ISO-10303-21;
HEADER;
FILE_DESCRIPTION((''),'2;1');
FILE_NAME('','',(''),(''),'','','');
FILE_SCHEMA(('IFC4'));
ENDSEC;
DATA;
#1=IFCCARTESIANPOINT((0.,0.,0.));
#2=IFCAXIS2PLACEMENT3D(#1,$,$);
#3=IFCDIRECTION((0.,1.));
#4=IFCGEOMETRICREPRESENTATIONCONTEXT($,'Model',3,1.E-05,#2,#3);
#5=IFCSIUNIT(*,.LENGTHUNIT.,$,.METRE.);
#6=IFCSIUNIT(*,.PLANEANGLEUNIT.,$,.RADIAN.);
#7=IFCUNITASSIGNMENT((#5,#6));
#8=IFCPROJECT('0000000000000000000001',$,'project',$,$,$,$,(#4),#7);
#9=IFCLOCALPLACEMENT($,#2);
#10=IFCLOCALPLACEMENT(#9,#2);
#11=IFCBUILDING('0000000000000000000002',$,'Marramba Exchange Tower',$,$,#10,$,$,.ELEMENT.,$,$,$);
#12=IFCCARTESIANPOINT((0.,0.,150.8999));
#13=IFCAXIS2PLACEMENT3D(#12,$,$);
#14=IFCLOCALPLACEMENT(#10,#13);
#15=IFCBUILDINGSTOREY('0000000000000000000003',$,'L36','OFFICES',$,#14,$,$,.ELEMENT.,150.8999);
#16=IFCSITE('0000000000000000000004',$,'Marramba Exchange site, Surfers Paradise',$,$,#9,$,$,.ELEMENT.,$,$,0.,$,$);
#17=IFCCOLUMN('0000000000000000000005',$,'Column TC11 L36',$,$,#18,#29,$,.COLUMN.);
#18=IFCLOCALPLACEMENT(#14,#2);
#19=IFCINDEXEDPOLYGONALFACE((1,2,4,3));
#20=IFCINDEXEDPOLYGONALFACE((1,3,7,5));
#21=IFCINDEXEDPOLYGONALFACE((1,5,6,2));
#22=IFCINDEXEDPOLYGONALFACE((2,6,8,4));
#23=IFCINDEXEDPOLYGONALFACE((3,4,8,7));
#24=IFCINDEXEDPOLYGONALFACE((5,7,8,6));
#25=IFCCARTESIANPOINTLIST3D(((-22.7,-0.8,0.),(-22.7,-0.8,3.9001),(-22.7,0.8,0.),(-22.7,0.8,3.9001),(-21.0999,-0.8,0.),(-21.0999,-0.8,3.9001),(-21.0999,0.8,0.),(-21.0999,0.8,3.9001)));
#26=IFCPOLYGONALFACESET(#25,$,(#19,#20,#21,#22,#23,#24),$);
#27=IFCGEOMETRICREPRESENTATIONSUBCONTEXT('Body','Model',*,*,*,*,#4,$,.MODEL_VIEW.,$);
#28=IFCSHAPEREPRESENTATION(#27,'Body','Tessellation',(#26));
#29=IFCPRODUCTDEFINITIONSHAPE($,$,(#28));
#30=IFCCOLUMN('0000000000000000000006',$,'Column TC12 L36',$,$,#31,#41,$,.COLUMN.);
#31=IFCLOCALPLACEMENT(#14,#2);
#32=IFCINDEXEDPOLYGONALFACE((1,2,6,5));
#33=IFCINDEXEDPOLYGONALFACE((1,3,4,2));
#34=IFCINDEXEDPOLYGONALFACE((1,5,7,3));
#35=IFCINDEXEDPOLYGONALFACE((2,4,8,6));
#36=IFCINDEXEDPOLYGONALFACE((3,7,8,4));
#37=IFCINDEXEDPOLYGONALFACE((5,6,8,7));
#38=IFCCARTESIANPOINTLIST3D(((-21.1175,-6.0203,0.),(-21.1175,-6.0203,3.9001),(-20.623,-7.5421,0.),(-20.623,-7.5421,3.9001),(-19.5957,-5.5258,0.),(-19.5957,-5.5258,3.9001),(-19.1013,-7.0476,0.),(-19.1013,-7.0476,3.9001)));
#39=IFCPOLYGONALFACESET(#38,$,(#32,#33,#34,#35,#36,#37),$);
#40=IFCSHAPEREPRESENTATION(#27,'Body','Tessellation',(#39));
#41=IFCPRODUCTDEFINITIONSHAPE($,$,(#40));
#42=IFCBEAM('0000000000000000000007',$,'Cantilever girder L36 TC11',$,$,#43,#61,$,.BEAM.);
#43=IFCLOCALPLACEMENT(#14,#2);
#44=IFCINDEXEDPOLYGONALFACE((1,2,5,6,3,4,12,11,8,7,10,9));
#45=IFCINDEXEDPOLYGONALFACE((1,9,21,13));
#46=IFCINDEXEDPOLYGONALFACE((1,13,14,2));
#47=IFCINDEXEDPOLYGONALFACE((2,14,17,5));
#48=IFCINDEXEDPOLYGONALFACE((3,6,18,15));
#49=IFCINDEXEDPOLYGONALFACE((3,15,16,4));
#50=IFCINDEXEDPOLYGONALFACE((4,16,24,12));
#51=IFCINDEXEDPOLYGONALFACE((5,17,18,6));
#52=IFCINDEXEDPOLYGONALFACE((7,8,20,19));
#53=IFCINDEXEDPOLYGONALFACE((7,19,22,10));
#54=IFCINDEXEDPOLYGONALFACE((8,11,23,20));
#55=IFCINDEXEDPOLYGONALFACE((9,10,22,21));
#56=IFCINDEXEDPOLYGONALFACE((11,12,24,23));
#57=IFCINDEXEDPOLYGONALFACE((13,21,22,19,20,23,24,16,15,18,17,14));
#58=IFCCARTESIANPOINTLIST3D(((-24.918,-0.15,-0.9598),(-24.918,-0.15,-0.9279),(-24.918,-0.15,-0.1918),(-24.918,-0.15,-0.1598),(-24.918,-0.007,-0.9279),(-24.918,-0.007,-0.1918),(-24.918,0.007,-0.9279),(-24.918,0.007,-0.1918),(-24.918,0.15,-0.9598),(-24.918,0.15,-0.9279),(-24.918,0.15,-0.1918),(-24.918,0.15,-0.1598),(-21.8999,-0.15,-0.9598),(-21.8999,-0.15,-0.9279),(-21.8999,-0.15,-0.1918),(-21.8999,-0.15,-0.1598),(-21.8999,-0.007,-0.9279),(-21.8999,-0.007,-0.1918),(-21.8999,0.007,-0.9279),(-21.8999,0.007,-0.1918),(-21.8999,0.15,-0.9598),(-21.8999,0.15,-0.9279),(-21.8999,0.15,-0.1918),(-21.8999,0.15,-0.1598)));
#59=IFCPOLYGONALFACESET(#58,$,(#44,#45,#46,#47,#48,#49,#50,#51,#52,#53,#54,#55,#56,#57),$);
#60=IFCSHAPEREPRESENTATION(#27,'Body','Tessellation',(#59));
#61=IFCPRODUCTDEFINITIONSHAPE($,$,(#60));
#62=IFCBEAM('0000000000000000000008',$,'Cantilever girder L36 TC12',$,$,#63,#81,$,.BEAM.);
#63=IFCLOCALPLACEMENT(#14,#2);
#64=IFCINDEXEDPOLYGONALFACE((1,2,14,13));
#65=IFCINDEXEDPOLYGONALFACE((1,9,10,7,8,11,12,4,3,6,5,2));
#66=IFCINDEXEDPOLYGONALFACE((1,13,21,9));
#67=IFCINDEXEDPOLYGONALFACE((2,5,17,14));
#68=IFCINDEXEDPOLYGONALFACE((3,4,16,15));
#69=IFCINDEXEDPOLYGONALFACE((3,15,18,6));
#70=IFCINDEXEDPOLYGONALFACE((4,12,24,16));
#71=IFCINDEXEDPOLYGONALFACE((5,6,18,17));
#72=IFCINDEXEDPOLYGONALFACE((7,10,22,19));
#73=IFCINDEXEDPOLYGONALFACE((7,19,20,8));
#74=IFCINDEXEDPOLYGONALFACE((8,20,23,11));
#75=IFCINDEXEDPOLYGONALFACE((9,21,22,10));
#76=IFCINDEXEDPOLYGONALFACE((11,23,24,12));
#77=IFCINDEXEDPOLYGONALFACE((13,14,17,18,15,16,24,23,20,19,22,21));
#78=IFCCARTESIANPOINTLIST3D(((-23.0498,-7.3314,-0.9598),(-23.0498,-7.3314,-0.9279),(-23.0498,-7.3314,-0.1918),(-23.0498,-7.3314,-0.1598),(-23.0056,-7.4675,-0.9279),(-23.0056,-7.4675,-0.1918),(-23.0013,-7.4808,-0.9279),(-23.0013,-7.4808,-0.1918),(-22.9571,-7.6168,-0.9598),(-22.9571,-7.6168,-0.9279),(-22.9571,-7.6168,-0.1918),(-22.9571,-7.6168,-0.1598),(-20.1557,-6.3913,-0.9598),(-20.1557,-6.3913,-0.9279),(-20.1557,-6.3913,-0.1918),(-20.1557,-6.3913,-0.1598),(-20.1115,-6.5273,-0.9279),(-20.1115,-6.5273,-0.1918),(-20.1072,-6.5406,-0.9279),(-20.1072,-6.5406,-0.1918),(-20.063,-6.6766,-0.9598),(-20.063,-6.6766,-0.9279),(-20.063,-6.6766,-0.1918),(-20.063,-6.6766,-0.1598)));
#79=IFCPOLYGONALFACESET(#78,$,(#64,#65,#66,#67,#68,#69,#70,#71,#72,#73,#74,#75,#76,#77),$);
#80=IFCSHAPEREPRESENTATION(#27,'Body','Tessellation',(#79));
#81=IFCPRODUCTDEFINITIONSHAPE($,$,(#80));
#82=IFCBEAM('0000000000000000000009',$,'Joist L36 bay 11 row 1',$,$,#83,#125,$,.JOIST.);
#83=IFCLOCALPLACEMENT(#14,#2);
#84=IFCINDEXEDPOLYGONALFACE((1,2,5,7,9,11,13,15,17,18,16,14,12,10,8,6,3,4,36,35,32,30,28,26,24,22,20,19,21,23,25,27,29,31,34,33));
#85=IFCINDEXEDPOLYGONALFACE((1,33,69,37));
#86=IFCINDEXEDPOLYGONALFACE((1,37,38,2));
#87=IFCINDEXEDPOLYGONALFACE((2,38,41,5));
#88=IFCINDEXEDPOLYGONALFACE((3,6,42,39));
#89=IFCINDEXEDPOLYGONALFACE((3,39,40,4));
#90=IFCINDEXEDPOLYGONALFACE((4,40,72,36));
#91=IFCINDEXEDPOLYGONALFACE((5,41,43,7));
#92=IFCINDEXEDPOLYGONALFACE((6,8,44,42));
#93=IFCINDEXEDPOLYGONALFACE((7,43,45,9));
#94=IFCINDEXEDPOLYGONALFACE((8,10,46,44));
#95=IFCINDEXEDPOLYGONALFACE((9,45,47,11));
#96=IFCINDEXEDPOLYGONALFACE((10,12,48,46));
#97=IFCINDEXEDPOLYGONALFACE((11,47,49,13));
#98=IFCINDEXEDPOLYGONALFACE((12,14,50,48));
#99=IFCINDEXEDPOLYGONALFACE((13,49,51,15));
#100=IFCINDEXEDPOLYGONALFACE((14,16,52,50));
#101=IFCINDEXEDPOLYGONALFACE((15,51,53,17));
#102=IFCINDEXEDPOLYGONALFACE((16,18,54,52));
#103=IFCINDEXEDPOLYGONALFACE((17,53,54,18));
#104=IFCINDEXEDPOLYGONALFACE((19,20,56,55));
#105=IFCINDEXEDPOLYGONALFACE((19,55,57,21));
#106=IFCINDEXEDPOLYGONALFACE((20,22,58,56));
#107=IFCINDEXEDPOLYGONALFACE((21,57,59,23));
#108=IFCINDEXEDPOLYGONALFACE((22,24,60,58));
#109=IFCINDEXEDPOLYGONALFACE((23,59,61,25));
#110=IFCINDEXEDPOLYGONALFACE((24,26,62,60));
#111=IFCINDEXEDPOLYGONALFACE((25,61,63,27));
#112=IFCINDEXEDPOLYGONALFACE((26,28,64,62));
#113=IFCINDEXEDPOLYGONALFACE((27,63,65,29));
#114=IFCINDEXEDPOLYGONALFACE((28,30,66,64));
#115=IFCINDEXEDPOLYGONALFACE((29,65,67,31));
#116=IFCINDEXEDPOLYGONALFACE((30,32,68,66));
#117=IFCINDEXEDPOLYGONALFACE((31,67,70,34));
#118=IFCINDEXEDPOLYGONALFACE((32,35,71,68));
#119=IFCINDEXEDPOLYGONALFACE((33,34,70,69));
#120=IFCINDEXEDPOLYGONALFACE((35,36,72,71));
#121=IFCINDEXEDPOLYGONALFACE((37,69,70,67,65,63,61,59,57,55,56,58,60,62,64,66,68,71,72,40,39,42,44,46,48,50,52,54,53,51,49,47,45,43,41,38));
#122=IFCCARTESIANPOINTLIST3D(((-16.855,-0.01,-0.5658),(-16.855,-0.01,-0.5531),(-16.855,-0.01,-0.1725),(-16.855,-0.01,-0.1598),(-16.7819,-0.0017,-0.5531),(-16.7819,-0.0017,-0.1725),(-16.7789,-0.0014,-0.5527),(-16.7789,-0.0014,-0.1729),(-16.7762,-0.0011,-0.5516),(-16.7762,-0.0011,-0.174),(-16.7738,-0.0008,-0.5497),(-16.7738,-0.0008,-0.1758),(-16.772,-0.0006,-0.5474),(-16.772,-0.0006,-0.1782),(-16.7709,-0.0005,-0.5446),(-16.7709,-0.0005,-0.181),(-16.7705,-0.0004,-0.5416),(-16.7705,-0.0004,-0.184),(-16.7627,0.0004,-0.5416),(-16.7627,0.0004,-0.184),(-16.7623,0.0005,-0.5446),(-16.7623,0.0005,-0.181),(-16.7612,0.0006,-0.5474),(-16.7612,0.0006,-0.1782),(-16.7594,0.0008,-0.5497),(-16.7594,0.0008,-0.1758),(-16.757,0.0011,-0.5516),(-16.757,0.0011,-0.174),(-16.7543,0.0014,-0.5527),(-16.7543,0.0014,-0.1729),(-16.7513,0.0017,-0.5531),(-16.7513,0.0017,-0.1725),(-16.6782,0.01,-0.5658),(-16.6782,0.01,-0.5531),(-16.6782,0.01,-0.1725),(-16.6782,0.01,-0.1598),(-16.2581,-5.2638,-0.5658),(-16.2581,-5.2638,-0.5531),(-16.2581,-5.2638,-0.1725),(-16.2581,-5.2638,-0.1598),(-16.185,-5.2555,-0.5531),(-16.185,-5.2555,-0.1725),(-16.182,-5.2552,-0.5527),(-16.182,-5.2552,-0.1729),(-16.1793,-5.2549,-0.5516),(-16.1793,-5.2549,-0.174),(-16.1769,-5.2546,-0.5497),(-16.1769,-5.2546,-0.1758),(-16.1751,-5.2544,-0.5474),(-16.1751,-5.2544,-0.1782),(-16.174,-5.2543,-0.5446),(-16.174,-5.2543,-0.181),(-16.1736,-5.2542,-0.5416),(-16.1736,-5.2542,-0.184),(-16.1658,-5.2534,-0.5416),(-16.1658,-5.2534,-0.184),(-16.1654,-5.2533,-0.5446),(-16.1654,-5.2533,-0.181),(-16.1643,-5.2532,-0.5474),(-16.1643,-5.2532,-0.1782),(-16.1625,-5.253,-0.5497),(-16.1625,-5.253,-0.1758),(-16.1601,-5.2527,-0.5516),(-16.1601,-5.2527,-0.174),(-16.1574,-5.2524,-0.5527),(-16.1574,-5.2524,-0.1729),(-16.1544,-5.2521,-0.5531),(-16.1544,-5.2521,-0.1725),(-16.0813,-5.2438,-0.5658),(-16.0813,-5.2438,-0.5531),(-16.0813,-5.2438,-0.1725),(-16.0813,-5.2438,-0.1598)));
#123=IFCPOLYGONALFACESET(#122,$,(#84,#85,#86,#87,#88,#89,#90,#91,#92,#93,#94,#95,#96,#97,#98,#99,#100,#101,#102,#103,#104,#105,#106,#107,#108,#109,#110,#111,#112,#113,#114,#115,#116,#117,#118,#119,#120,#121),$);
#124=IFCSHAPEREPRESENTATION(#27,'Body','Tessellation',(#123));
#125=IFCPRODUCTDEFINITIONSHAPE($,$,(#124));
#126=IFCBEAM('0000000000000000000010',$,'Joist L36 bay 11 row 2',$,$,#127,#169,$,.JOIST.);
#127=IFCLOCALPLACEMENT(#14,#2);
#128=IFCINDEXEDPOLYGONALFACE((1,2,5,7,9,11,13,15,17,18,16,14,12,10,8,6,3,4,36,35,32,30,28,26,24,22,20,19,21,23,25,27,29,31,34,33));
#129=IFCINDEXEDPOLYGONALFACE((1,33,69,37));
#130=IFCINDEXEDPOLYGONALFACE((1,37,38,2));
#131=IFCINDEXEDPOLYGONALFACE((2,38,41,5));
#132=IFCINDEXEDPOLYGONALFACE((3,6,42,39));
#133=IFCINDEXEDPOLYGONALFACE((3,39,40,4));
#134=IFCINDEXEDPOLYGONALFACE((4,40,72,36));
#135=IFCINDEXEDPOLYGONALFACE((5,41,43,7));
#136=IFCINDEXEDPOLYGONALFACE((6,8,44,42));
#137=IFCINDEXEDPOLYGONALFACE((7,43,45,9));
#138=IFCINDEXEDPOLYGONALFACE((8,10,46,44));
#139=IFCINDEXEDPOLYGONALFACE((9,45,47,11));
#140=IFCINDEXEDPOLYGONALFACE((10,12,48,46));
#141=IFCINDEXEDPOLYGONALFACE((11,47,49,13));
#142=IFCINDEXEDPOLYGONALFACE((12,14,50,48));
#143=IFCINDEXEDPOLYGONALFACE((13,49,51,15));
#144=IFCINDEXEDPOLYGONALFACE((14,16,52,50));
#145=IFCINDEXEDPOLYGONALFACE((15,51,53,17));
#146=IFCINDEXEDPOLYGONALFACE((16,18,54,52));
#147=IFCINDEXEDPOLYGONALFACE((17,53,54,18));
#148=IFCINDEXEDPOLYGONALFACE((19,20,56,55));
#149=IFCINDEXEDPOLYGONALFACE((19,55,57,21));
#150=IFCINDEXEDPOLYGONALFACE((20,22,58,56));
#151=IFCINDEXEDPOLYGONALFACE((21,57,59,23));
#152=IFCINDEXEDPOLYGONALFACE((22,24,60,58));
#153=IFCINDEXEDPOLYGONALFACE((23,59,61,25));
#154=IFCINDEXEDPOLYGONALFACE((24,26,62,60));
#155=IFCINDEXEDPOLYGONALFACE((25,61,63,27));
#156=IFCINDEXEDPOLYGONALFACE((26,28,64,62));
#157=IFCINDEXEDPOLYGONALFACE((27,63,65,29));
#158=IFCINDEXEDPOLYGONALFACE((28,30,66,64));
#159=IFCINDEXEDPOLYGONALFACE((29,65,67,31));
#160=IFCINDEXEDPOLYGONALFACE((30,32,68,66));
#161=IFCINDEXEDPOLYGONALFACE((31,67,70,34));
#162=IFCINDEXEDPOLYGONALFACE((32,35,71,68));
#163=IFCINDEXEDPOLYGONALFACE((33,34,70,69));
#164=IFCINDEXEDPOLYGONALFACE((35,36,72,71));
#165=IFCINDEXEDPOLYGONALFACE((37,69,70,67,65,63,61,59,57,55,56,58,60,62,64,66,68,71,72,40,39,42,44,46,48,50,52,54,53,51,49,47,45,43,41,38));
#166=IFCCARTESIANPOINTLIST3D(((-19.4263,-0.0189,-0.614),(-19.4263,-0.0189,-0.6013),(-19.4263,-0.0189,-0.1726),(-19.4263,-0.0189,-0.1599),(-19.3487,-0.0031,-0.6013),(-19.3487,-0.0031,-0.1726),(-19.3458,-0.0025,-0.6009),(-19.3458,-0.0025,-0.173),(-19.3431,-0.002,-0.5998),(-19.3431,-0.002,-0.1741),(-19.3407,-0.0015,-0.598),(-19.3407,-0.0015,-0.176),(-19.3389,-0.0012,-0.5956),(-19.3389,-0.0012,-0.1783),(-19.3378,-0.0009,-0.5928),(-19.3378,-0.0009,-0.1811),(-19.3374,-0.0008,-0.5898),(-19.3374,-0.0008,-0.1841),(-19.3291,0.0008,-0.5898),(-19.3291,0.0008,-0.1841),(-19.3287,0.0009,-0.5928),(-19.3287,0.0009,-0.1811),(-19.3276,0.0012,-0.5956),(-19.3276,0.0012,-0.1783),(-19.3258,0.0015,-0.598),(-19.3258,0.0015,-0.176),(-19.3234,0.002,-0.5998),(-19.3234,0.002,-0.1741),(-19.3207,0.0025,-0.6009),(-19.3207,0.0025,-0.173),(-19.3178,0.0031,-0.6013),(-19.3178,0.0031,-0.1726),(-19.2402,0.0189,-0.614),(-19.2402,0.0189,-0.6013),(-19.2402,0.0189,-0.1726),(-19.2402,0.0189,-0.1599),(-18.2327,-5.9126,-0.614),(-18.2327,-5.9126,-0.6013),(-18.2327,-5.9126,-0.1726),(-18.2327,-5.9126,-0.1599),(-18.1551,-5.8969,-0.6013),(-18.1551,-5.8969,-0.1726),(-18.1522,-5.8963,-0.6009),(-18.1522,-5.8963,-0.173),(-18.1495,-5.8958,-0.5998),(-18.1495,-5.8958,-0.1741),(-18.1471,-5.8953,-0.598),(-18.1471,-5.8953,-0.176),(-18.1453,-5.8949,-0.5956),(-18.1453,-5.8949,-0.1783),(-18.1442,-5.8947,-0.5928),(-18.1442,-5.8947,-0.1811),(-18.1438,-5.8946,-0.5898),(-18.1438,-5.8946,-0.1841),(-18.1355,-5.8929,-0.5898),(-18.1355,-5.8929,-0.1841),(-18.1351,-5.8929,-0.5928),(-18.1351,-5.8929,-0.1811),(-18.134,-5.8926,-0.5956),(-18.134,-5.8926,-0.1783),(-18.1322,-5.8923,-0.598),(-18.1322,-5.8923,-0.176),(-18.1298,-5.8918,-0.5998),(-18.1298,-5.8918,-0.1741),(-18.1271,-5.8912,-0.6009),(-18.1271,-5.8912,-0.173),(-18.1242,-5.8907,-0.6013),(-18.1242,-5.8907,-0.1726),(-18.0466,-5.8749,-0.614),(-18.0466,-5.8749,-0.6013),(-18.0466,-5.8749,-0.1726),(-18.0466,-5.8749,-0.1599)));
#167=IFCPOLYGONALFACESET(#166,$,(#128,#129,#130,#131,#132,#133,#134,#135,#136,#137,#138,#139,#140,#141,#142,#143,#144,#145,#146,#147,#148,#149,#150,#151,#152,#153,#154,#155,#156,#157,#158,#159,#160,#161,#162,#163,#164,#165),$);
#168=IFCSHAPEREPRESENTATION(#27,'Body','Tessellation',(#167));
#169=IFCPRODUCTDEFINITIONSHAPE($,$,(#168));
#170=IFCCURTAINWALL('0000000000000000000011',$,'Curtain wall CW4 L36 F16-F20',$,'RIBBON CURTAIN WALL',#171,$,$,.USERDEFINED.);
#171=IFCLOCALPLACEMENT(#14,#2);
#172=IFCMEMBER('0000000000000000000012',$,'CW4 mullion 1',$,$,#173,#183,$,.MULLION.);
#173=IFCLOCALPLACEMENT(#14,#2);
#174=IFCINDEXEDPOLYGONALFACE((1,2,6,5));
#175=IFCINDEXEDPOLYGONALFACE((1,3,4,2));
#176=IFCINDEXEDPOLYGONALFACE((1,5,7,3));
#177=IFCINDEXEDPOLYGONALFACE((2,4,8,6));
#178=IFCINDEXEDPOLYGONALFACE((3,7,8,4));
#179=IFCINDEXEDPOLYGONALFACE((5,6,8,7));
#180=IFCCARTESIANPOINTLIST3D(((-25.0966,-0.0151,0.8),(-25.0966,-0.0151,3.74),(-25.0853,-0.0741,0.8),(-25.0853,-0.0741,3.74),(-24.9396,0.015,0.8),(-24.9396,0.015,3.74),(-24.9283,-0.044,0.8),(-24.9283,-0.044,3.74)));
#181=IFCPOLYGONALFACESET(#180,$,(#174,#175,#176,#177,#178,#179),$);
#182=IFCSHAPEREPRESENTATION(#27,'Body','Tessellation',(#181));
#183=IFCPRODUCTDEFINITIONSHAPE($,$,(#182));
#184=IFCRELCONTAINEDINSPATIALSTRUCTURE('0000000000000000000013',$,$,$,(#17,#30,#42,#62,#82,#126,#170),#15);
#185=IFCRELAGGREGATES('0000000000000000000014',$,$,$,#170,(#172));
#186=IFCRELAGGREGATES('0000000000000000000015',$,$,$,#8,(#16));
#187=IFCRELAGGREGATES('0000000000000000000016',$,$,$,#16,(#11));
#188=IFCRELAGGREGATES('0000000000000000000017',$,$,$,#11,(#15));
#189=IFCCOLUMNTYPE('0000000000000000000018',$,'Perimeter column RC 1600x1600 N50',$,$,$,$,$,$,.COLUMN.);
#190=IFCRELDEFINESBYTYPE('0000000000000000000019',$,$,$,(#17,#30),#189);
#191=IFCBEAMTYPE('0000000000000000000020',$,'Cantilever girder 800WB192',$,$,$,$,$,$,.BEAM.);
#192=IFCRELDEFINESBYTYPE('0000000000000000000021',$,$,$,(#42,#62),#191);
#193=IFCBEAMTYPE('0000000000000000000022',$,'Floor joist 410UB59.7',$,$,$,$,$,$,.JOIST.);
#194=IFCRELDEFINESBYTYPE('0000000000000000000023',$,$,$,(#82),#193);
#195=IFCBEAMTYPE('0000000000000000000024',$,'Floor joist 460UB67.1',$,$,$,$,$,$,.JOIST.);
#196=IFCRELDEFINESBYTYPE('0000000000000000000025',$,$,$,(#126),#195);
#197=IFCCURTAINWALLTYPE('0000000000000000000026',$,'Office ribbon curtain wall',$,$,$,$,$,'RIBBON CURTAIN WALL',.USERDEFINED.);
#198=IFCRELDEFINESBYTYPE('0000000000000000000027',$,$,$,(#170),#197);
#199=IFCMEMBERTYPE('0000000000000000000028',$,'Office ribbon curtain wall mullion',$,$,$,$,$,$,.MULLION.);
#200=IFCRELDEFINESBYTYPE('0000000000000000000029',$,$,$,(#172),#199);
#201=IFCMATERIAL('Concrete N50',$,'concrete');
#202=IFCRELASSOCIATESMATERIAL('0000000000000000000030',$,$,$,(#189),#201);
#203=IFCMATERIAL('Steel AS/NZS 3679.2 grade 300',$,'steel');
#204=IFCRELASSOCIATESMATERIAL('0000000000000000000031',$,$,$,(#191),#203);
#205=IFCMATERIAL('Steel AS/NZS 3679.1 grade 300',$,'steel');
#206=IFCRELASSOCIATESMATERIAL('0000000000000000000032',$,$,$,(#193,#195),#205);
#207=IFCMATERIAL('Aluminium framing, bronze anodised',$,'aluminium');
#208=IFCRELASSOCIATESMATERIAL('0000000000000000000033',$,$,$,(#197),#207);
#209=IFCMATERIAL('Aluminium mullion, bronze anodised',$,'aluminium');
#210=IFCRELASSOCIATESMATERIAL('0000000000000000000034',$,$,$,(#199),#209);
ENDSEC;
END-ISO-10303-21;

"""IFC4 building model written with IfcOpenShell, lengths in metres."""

from ifc_helpers import new_model, si_unit, direction, frame, origin, origin_2d, place, context, subcontext, project, spatial, rectangle, i_section, extrude, material, material_profile, profile_set, type_object, element, aggregate, save


model = new_model("IFC4")

# Units and contexts
model_context = context("Model", 3, precision=1e-05, world=origin(), true_north=direction((0.0, 1.0)))
body_context = subcontext(model_context, "Body", "Model", "MODEL_VIEW")
ifc_project = project(units=[si_unit("LENGTHUNIT", "METRE"), si_unit("PLANEANGLEUNIT", "RADIAN")], contexts=[model_context])

# Site, building, storey
site_placement = place(None, origin())
site = spatial("IfcSite", under=ifc_project, at=site_placement, Name="Marramba Exchange site, Surfers Paradise", CompositionType="ELEMENT", RefElevation=0.0)
building_placement = place(site_placement, origin())
building = spatial("IfcBuilding", under=site, at=building_placement, Name="Marramba Exchange Tower", CompositionType="ELEMENT")
storey_placement = place(building_placement, frame((0.0, 0.0, 150.8999)))
storey = spatial("IfcBuildingStorey", under=building, at=storey_placement, Name="L36", Description="OFFICES", CompositionType="ELEMENT", Elevation=150.8999)

# Columns
ifc_material_1 = material(Name="Concrete N50", Category="concrete")
ifc_material_profile_1 = material_profile(ifc_material_1, rectangle(XDim=1.6001, YDim=1.6001, at=origin_2d()), Name="RC 1600x1600")
ifc_profile_set_1 = profile_set([ifc_material_profile_1], Name="Concrete N50")
column_type = type_object("IfcColumnType", Name="Perimeter column RC 1600x1600 N50", PredefinedType="COLUMN", material=ifc_profile_set_1)
for number, where, z_axis, x_axis, name in (
    (1, (-21.8999, 0.0, 0.0), (0.0, 0.0, 1.0), (-1.0, 0.0, 0.0), "Column TC11 L36"),
    (2, (-20.1094, -6.5339, 0.0), (0.0, 0.0, 1.0), (-0.951057, -0.309017, 0.0), "Column TC12 L36"),
):
    element("IfcColumn", number, at=place(storey_placement, frame(where, z_axis=z_axis, x_axis=x_axis)), inside=storey, type_object=column_type, Name=name, PredefinedType="COLUMN", context=body_context, shape_type="SweptSolid", body=[
        extrude(rectangle(XDim=1.6001, YDim=1.6001, at=origin_2d()), origin(), (0.0, 0.0, 1.0), 3.9001),
    ])

# Beams
ifc_material_2 = material(Name="Steel AS/NZS 3679.2 grade 300", Category="steel")
ifc_material_profile_2 = material_profile(ifc_material_2, i_section(OverallWidth=0.3, OverallDepth=0.8, WebThickness=0.0139, FlangeThickness=0.032, at=origin_2d()), Name="800WB192")
ifc_profile_set_2 = profile_set([ifc_material_profile_2], Name="Steel AS/NZS 3679.2 grade 300")
beam_type_1 = type_object("IfcBeamType", Name="Cantilever girder 800WB192", PredefinedType="BEAM", material=ifc_profile_set_2)
beam_1_placement = place(storey_placement, frame((-21.8999, 0.0, -0.5598), z_axis=(-1.0, 0.0, 0.0), x_axis=(0.0, -1.0, 0.0)))
element("IfcBeam", 3, at=beam_1_placement, inside=storey, type_object=beam_type_1, Name="Cantilever girder L36 TC11", PredefinedType="BEAM", context=body_context, shape_type="SweptSolid", body=[
    extrude(i_section(OverallWidth=0.3, OverallDepth=0.8, WebThickness=0.0139, FlangeThickness=0.032, at=origin_2d()), origin(), (0.0, 0.0, 1.0), 3.0181),
])
beam_2_placement = place(storey_placement, frame((-20.1094, -6.5339, -0.5598), z_axis=(-0.951071, -0.308974, 0.0), x_axis=(0.308974, -0.951071, 0.0)))
element("IfcBeam", 4, at=beam_2_placement, inside=storey, type_object=beam_type_1, Name="Cantilever girder L36 TC12", PredefinedType="BEAM", context=body_context, shape_type="SweptSolid", body=[
    extrude(i_section(OverallWidth=0.3, OverallDepth=0.8, WebThickness=0.0139, FlangeThickness=0.032, at=origin_2d()), origin(), (0.0, 0.0, 1.0), 3.043),
])
ifc_material_3 = material(Name="Steel AS/NZS 3679.1 grade 300", Category="steel")
ifc_material_profile_3 = material_profile(ifc_material_3, i_section(OverallWidth=0.178, OverallDepth=0.406, WebThickness=0.0078, FlangeThickness=0.0127, FilletRadius=0.0115, at=origin_2d()), Name="410UB59.7")
ifc_profile_set_3 = profile_set([ifc_material_profile_3], Name="Steel AS/NZS 3679.1 grade 300")
beam_type_2 = type_object("IfcBeamType", Name="Floor joist 410UB59.7", PredefinedType="JOIST", material=ifc_profile_set_3)
beam_3_placement = place(storey_placement, frame((-16.7666, 0.0, -0.3628), z_axis=(0.112889, -0.993608, 0.0), x_axis=(0.993608, 0.112889, 0.0)))
element("IfcBeam", 5, at=beam_3_placement, inside=storey, type_object=beam_type_2, Name="Joist L36 bay 11 row 1", PredefinedType="JOIST", context=body_context, shape_type="SweptSolid", body=[
    extrude(i_section(OverallWidth=0.178, OverallDepth=0.406, WebThickness=0.0078, FlangeThickness=0.0127, FilletRadius=0.0115, at=origin_2d()), origin(), (0.0, 0.0, 1.0), 5.2876),
])
ifc_material_profile_4 = material_profile(ifc_material_3, i_section(OverallWidth=0.1899, OverallDepth=0.4541, WebThickness=0.0085, FlangeThickness=0.0127, FilletRadius=0.0115, at=origin_2d()), Name="460UB67.1")
ifc_profile_set_4 = profile_set([ifc_material_profile_4], Name="Steel AS/NZS 3679.1 grade 300")
beam_type_3 = type_object("IfcBeamType", Name="Floor joist 460UB67.1", PredefinedType="JOIST", material=ifc_profile_set_4)
beam_4_placement = place(storey_placement, frame((-19.3333, 0.0, -0.387), z_axis=(0.198489, -0.980103, 0.0), x_axis=(0.980103, 0.198489, 0.0)))
element("IfcBeam", 6, at=beam_4_placement, inside=storey, type_object=beam_type_3, Name="Joist L36 bay 11 row 2", PredefinedType="JOIST", context=body_context, shape_type="SweptSolid", body=[
    extrude(i_section(OverallWidth=0.1899, OverallDepth=0.4541, WebThickness=0.0085, FlangeThickness=0.0127, FilletRadius=0.0115, at=origin_2d()), origin(), (0.0, 0.0, 1.0), 6.0134),
])

# Curtain wall, member
ifc_material_4 = material(Name="Aluminium framing, bronze anodised", Category="aluminium")
curtain_wall_type = type_object("IfcCurtainWallType", Name="Office ribbon curtain wall", ElementType="RIBBON CURTAIN WALL", PredefinedType="USERDEFINED", material=ifc_material_4)
curtain_wall_placement = place(storey_placement, origin())
curtain_wall = element("IfcCurtainWall", 7, at=curtain_wall_placement, inside=storey, type_object=curtain_wall_type, Name="Curtain wall CW4 L36 F16-F20", ObjectType="RIBBON CURTAIN WALL", PredefinedType="USERDEFINED")
ifc_material_5 = material(Name="Aluminium mullion, bronze anodised", Category="aluminium")
ifc_material_profile_5 = material_profile(ifc_material_5, rectangle(XDim=0.1599, YDim=0.0601, at=origin_2d()), Name="CW4 mullion 60x160")
ifc_profile_set_5 = profile_set([ifc_material_profile_5], Name="Aluminium mullion, bronze anodised")
member_type_1 = type_object("IfcMemberType", Name="Office ribbon curtain wall mullion", PredefinedType="MULLION", material=ifc_profile_set_5)
member_1_placement = place(storey_placement, frame((-25.0125, -0.0295, 0.8), z_axis=(0.0, 0.0, 1.0), x_axis=(0.982126, 0.188227, 0.0)))
member_1 = element("IfcMember", 8, at=member_1_placement, type_object=member_type_1, Name="CW4 mullion 1", PredefinedType="MULLION", context=body_context, shape_type="SweptSolid", body=[
    extrude(rectangle(XDim=0.1599, YDim=0.0601, at=origin_2d()), origin(), (0.0, 0.0, 1.0), 2.9399),
])

aggregate(curtain_wall, [member_1])

save(model, "model.ifc")
